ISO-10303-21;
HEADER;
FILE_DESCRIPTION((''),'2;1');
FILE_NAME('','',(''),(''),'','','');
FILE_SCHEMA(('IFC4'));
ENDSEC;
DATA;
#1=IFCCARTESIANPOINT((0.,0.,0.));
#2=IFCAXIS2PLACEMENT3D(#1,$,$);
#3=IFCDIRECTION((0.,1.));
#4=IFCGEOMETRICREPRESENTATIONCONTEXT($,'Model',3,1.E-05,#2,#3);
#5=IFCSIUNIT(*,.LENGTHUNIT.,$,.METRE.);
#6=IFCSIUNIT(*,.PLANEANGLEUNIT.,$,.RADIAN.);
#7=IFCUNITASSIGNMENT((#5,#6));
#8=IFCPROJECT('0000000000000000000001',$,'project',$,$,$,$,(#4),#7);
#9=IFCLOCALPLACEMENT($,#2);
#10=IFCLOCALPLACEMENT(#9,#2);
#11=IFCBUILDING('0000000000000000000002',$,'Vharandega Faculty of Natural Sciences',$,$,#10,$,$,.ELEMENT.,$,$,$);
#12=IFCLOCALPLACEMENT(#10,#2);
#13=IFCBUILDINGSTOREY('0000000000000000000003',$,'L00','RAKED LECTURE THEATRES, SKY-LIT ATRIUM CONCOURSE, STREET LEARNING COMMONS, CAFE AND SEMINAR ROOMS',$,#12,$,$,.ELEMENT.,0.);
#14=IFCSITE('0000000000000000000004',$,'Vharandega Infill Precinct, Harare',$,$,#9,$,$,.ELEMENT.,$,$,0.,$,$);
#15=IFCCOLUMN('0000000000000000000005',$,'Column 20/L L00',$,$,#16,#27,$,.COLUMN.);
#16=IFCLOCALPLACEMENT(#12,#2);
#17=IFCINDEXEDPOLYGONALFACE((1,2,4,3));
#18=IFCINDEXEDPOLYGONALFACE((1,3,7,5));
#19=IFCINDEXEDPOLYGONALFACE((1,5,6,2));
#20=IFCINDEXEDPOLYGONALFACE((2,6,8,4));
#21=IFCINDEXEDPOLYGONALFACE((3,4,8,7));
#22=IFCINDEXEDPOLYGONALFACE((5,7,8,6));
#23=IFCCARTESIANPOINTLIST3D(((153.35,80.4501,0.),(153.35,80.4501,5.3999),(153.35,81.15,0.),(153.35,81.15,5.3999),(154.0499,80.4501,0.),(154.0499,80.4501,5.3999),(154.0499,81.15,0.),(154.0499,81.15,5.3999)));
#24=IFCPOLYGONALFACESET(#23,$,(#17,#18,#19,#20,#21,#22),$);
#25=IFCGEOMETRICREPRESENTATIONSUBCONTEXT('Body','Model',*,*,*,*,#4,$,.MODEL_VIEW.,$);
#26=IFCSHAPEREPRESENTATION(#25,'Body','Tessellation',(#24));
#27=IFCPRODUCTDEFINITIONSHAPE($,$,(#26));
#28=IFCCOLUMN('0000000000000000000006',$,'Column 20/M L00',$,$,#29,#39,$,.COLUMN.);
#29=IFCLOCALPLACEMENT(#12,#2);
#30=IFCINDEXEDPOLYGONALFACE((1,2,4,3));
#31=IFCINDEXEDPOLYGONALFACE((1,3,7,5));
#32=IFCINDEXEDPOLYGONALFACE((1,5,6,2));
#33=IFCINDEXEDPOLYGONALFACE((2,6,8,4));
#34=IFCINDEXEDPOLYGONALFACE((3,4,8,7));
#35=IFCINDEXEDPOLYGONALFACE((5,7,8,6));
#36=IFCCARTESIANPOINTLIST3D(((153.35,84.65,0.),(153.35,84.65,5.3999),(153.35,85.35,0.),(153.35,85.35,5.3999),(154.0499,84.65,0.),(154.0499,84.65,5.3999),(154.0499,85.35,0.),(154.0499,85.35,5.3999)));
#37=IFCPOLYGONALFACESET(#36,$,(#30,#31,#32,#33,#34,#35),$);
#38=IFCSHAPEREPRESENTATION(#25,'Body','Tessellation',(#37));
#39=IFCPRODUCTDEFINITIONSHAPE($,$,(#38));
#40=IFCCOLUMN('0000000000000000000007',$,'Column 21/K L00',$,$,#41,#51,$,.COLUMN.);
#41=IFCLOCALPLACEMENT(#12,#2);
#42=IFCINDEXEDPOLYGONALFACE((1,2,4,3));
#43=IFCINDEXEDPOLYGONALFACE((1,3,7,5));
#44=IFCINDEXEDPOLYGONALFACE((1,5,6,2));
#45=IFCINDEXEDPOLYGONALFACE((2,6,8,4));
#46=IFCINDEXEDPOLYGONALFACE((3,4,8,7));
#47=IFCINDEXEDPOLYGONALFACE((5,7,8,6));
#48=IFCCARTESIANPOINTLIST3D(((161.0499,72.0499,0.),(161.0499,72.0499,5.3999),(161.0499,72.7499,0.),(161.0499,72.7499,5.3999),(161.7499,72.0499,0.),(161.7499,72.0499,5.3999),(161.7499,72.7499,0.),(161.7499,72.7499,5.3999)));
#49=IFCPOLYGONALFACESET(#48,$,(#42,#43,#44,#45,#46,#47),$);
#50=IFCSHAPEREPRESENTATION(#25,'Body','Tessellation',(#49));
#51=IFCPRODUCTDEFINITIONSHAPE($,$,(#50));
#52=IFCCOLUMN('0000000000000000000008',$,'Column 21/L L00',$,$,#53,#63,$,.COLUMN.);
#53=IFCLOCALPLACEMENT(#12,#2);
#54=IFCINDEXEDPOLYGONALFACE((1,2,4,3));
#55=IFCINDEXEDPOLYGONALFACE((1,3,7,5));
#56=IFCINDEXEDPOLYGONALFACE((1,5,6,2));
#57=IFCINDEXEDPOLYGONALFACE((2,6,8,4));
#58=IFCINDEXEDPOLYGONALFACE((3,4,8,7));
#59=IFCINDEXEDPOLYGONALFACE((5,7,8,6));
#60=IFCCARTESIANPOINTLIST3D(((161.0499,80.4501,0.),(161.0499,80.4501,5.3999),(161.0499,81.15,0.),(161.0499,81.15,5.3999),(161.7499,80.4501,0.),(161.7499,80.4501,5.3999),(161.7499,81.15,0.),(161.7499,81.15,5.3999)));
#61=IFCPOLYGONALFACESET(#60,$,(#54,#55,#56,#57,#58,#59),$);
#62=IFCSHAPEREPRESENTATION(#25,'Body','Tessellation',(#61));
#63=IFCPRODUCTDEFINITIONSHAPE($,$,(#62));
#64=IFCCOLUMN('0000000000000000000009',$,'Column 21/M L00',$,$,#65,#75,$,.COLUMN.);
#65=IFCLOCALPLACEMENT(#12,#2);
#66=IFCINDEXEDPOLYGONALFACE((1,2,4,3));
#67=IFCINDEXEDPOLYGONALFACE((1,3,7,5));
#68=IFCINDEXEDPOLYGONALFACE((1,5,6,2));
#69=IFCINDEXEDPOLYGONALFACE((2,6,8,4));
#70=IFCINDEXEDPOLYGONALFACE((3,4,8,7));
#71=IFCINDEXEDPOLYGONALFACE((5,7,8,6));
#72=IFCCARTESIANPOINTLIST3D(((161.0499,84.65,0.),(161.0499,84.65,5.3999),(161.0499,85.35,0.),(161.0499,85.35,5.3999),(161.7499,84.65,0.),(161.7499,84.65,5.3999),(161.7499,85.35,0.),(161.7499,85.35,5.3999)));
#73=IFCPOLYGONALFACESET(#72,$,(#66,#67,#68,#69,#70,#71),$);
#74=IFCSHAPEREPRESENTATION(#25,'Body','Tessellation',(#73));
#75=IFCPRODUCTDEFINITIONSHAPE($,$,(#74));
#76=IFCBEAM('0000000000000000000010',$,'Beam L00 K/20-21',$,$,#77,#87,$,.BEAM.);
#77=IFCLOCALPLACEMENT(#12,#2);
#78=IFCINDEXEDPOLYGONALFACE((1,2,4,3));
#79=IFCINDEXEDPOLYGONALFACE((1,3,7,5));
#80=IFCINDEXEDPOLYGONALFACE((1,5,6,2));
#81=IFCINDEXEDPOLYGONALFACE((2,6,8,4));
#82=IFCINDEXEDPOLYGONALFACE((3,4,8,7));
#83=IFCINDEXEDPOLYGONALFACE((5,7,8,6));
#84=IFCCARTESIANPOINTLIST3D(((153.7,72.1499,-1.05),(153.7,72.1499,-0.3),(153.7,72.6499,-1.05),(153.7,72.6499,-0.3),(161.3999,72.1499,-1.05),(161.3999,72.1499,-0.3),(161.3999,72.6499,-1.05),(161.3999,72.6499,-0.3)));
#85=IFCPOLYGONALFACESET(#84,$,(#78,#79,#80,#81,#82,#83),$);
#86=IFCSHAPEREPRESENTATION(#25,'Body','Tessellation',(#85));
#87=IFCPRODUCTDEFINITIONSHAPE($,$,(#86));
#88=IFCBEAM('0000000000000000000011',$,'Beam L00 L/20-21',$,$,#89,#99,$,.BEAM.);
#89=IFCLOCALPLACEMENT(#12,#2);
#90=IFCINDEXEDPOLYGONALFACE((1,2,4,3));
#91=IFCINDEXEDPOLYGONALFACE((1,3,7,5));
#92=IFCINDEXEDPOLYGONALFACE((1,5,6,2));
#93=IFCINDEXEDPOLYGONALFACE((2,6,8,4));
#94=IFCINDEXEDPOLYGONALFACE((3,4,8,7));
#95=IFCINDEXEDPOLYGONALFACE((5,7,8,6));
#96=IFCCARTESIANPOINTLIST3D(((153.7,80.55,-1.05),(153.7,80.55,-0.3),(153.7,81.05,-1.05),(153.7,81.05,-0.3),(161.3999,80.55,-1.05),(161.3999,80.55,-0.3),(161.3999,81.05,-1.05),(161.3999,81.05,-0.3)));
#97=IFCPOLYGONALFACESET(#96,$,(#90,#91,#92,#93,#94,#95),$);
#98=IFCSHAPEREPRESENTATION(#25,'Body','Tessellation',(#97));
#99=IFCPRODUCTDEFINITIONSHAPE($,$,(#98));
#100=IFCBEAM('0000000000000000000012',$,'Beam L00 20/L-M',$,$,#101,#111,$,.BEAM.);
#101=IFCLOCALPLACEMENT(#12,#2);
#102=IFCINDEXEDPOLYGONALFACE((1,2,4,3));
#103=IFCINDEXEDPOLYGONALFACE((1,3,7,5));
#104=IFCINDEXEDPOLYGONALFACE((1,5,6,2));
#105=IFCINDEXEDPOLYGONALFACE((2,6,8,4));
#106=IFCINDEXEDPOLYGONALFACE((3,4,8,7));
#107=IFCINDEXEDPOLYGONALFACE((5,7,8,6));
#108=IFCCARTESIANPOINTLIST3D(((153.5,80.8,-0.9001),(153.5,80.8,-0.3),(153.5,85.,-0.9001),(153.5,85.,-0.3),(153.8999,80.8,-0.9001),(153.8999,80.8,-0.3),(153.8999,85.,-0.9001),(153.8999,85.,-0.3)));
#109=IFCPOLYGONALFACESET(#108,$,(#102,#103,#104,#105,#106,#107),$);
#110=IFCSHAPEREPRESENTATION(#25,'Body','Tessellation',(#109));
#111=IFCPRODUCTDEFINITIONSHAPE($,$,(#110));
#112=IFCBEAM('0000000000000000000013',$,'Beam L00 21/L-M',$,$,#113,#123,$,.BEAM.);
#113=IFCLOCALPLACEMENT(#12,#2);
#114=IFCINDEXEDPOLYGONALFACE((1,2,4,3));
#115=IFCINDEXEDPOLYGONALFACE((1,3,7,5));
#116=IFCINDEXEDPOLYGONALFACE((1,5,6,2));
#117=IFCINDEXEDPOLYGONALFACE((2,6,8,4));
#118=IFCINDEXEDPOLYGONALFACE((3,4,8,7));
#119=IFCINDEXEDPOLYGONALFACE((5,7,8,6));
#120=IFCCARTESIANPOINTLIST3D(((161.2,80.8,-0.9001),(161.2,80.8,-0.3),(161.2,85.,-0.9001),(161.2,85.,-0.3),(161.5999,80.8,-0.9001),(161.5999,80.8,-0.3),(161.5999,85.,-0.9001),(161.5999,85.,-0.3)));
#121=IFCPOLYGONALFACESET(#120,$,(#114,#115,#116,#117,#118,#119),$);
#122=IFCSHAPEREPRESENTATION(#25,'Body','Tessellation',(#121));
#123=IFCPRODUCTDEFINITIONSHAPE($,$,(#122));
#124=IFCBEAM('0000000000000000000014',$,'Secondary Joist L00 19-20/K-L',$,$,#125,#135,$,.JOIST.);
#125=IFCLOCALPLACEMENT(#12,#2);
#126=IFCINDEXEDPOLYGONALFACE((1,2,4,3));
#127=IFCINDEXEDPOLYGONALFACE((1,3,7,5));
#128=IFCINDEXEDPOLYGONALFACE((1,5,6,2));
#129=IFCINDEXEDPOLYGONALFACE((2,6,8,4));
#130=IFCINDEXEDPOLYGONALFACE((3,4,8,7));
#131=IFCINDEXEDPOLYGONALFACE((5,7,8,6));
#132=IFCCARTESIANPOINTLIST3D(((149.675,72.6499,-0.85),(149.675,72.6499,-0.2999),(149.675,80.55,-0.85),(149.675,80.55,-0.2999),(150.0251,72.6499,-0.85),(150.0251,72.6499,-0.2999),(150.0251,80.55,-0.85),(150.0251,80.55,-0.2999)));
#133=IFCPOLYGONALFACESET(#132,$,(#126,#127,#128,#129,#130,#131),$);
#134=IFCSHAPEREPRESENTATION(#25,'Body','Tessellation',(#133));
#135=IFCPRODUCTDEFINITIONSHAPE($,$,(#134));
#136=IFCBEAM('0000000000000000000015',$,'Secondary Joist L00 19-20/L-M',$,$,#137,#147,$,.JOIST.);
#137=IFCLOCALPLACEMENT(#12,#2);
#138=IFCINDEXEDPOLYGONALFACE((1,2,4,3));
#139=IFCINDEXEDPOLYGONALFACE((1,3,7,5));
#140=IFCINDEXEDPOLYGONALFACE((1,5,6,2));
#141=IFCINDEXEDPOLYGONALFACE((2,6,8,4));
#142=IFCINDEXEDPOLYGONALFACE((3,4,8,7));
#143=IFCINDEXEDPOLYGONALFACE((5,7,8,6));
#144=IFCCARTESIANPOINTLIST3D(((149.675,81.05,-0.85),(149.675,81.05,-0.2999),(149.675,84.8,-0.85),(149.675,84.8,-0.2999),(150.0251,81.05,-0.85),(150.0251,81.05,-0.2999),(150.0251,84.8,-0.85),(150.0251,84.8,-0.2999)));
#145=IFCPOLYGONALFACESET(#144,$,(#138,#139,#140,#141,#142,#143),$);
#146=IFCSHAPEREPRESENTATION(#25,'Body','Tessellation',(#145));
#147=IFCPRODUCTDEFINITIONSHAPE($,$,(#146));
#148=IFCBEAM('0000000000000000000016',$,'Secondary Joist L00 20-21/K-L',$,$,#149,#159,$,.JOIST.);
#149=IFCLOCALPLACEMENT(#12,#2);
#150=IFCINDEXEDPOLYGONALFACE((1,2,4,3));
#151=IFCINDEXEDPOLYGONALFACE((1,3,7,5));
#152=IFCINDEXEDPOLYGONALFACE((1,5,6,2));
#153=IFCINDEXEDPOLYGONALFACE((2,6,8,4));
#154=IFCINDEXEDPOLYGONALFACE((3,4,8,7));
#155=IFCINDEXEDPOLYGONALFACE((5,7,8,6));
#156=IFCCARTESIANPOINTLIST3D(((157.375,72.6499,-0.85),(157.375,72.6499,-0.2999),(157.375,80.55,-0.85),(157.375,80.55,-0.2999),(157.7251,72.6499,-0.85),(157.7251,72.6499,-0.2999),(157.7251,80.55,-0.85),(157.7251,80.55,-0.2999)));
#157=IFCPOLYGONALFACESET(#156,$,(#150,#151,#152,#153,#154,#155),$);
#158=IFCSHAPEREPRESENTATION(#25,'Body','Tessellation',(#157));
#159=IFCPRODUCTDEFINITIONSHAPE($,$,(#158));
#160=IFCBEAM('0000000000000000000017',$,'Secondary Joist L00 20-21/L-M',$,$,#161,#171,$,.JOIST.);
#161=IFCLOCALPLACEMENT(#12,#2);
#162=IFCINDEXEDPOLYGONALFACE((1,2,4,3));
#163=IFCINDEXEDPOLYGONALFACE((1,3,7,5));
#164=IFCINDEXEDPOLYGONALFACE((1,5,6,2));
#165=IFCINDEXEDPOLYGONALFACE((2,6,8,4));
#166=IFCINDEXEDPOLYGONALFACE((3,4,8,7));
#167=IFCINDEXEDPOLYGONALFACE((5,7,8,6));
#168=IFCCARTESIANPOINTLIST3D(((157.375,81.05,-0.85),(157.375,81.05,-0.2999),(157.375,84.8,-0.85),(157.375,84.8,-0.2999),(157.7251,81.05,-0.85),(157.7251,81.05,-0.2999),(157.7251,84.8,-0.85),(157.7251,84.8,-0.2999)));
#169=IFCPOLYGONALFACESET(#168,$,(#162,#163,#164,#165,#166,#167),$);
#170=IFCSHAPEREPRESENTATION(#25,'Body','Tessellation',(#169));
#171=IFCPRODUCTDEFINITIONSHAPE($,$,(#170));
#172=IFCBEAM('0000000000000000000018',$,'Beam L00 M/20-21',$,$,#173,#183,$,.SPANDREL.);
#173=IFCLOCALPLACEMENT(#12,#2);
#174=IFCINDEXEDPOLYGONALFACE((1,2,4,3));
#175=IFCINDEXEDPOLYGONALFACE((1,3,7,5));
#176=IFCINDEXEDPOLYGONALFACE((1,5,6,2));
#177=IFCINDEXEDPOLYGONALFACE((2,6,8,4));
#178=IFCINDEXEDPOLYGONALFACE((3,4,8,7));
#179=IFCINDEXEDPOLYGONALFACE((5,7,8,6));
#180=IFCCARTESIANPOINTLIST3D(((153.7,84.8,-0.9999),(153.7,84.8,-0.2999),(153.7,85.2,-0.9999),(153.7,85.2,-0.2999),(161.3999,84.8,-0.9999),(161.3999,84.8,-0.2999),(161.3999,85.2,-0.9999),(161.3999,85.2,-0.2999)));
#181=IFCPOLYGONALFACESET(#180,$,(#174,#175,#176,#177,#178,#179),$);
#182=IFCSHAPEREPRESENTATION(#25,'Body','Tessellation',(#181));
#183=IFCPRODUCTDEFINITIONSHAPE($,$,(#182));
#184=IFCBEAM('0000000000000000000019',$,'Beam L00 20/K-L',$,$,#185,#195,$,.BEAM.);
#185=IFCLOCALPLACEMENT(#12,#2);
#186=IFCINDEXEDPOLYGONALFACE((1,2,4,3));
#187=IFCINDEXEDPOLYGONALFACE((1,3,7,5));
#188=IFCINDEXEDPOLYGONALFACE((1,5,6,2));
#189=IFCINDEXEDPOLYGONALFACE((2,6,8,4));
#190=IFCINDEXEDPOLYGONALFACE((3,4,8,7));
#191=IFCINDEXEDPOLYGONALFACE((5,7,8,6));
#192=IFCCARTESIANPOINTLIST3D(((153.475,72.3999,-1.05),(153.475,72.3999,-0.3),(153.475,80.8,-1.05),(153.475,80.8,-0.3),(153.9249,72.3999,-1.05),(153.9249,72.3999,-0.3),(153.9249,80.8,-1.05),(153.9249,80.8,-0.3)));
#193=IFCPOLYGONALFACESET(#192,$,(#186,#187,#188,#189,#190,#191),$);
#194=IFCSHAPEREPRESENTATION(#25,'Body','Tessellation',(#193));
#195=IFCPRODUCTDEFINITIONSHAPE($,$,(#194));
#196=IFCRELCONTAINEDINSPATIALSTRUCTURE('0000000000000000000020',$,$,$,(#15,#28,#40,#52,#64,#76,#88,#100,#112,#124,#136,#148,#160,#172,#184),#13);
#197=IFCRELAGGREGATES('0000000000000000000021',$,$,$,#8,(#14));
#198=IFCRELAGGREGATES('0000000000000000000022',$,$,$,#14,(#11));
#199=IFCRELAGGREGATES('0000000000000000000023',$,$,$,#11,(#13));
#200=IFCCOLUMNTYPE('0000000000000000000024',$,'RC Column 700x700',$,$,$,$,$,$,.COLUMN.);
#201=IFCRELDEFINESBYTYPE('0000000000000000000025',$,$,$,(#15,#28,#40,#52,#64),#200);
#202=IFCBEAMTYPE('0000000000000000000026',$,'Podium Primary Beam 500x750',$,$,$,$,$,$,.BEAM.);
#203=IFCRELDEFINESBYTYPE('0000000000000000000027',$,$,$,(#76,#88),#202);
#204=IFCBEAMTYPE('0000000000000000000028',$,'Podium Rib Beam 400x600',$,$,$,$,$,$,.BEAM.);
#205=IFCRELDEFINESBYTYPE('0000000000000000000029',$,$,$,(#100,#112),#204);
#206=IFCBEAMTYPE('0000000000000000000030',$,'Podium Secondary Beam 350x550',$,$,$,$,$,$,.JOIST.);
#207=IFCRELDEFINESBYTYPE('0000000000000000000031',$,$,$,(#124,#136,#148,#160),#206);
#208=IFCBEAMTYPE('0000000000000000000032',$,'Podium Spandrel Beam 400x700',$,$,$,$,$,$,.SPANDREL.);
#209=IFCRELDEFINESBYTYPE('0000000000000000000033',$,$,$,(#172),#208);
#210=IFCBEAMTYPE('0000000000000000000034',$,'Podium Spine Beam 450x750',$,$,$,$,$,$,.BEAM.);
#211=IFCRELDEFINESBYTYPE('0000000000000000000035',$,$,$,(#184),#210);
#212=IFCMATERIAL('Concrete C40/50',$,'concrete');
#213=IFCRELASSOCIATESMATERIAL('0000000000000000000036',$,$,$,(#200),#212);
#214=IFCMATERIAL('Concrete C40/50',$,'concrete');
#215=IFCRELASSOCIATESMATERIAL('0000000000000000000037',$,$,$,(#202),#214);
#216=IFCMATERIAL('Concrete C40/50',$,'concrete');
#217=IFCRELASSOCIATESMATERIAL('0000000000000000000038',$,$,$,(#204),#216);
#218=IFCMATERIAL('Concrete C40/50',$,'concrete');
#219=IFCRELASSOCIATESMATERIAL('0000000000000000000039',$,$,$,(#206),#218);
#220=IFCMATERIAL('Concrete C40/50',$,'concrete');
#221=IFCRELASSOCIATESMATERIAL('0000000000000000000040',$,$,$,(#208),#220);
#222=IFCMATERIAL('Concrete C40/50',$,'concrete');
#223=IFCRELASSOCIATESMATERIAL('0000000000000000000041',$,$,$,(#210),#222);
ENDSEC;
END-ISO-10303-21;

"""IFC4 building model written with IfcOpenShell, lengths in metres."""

from ifc_helpers import new_model, si_unit, direction, frame, origin, origin_2d, place, context, subcontext, project, spatial, rectangle, extrude, material, material_profile, profile_set, type_object, element, save


model = new_model("IFC4")

# Units and contexts
model_context = context("Model", 3, precision=1e-05, world=origin(), true_north=direction((0.0, 1.0)))
body_context = subcontext(model_context, "Body", "Model", "MODEL_VIEW")
ifc_project = project(units=[si_unit("LENGTHUNIT", "METRE"), si_unit("PLANEANGLEUNIT", "RADIAN")], contexts=[model_context])

# Site, building, storey
site_placement = place(None, origin())
site = spatial("IfcSite", under=ifc_project, at=site_placement, Name="Vharandega Infill Precinct, Harare", CompositionType="ELEMENT", RefElevation=0.0)
building_placement = place(site_placement, origin())
building = spatial("IfcBuilding", under=site, at=building_placement, Name="Vharandega Faculty of Natural Sciences", CompositionType="ELEMENT")
storey_placement = place(building_placement, origin())
storey = spatial("IfcBuildingStorey", under=building, at=storey_placement, Name="L00", Description="RAKED LECTURE THEATRES, SKY-LIT ATRIUM CONCOURSE, STREET LEARNING COMMONS, CAFE AND SEMINAR ROOMS", CompositionType="ELEMENT", Elevation=0.0)

# Columns
ifc_material_1 = material(Name="Concrete C40/50", Category="concrete")
ifc_material_profile_1 = material_profile(ifc_material_1, rectangle(XDim=0.7, YDim=0.7, at=origin_2d()), Name="RC 700x700")
ifc_profile_set_1 = profile_set([ifc_material_profile_1], Name="Concrete C40/50")
column_type = type_object("IfcColumnType", Name="RC Column 700x700", PredefinedType="COLUMN", material=ifc_profile_set_1)
for number, where, z_axis, x_axis, name in (
    (1, (153.7, 80.8, 0.0), (0.0, 0.0, 1.0), (1.0, 0.0, 0.0), "Column 20/L L00"),
    (2, (153.7, 85.0, 0.0), (0.0, 0.0, 1.0), (1.0, 0.0, 0.0), "Column 20/M L00"),
    (3, (161.3999, 72.3999, 0.0), (0.0, 0.0, 1.0), (1.0, 0.0, 0.0), "Column 21/K L00"),
    (4, (161.3999, 80.8, 0.0), (0.0, 0.0, 1.0), (1.0, 0.0, 0.0), "Column 21/L L00"),
    (5, (161.3999, 85.0, 0.0), (0.0, 0.0, 1.0), (1.0, 0.0, 0.0), "Column 21/M L00"),
):
    element("IfcColumn", number, at=place(storey_placement, frame(where, z_axis=z_axis, x_axis=x_axis)), inside=storey, type_object=column_type, Name=name, PredefinedType="COLUMN", context=body_context, shape_type="SweptSolid", body=[
        extrude(rectangle(XDim=0.7, YDim=0.7, at=origin_2d()), origin(), (0.0, 0.0, 1.0), 5.3999),
    ])

# Beams
ifc_material_2 = material(Name="Concrete C40/50", Category="concrete")
ifc_material_profile_2 = material_profile(ifc_material_2, rectangle(XDim=0.5, YDim=0.75, at=origin_2d()), Name="RC 500x750")
ifc_profile_set_2 = profile_set([ifc_material_profile_2], Name="Concrete C40/50")
beam_type_1 = type_object("IfcBeamType", Name="Podium Primary Beam 500x750", PredefinedType="BEAM", material=ifc_profile_set_2)
for number, where, z_axis, x_axis, name in (
    (6, (153.7, 72.3999, -0.675), (1.0, 0.0, 0.0), (0.0, 1.0, 0.0), "Beam L00 K/20-21"),
    (7, (153.7, 80.8, -0.675), (1.0, 0.0, 0.0), (0.0, 1.0, 0.0), "Beam L00 L/20-21"),
):
    element("IfcBeam", number, at=place(storey_placement, frame(where, z_axis=z_axis, x_axis=x_axis)), inside=storey, type_object=beam_type_1, Name=name, PredefinedType="BEAM", context=body_context, shape_type="SweptSolid", body=[
        extrude(rectangle(XDim=0.5, YDim=0.75, at=origin_2d()), origin(), (0.0, 0.0, 1.0), 7.7),
    ])
ifc_material_3 = material(Name="Concrete C40/50", Category="concrete")
ifc_material_profile_3 = material_profile(ifc_material_3, rectangle(XDim=0.3999, YDim=0.6001, at=origin_2d()), Name="RC 400x600")
ifc_profile_set_3 = profile_set([ifc_material_profile_3], Name="Concrete C40/50")
beam_type_2 = type_object("IfcBeamType", Name="Podium Rib Beam 400x600", PredefinedType="BEAM", material=ifc_profile_set_3)
for number, where, z_axis, x_axis, name in (
    (8, (153.7, 80.8, -0.6001), (0.0, 1.0, 0.0), (-1.0, 0.0, 0.0), "Beam L00 20/L-M"),
    (9, (161.3999, 80.8, -0.6001), (0.0, 1.0, 0.0), (-1.0, 0.0, 0.0), "Beam L00 21/L-M"),
):
    element("IfcBeam", number, at=place(storey_placement, frame(where, z_axis=z_axis, x_axis=x_axis)), inside=storey, type_object=beam_type_2, Name=name, PredefinedType="BEAM", context=body_context, shape_type="SweptSolid", body=[
        extrude(rectangle(XDim=0.3999, YDim=0.6001, at=origin_2d()), origin(), (0.0, 0.0, 1.0), 4.2),
    ])
ifc_material_4 = material(Name="Concrete C40/50", Category="concrete")
ifc_material_profile_4 = material_profile(ifc_material_4, rectangle(XDim=0.3501, YDim=0.55, at=origin_2d()), Name="RC 350x550")
ifc_profile_set_4 = profile_set([ifc_material_profile_4], Name="Concrete C40/50")
beam_type_3 = type_object("IfcBeamType", Name="Podium Secondary Beam 350x550", PredefinedType="JOIST", material=ifc_profile_set_4)
beam_1_placement = place(storey_placement, frame((149.8501, 72.6499, -0.575), z_axis=(0.0, 1.0, 0.0), x_axis=(-1.0, 0.0, 0.0)))
element("IfcBeam", 10, at=beam_1_placement, inside=storey, type_object=beam_type_3, Name="Secondary Joist L00 19-20/K-L", PredefinedType="JOIST", context=body_context, shape_type="SweptSolid", body=[
    extrude(rectangle(XDim=0.3501, YDim=0.55, at=origin_2d()), origin(), (0.0, 0.0, 1.0), 7.9001),
])
beam_2_placement = place(storey_placement, frame((149.8501, 81.05, -0.575), z_axis=(0.0, 1.0, 0.0), x_axis=(-1.0, 0.0, 0.0)))
element("IfcBeam", 11, at=beam_2_placement, inside=storey, type_object=beam_type_3, Name="Secondary Joist L00 19-20/L-M", PredefinedType="JOIST", context=body_context, shape_type="SweptSolid", body=[
    extrude(rectangle(XDim=0.3501, YDim=0.55, at=origin_2d()), origin(), (0.0, 0.0, 1.0), 3.75),
])
beam_3_placement = place(storey_placement, frame((157.55, 72.6499, -0.575), z_axis=(0.0, 1.0, 0.0), x_axis=(-1.0, 0.0, 0.0)))
element("IfcBeam", 12, at=beam_3_placement, inside=storey, type_object=beam_type_3, Name="Secondary Joist L00 20-21/K-L", PredefinedType="JOIST", context=body_context, shape_type="SweptSolid", body=[
    extrude(rectangle(XDim=0.3501, YDim=0.55, at=origin_2d()), origin(), (0.0, 0.0, 1.0), 7.9001),
])
beam_4_placement = place(storey_placement, frame((157.55, 81.05, -0.575), z_axis=(0.0, 1.0, 0.0), x_axis=(-1.0, 0.0, 0.0)))
element("IfcBeam", 13, at=beam_4_placement, inside=storey, type_object=beam_type_3, Name="Secondary Joist L00 20-21/L-M", PredefinedType="JOIST", context=body_context, shape_type="SweptSolid", body=[
    extrude(rectangle(XDim=0.3501, YDim=0.55, at=origin_2d()), origin(), (0.0, 0.0, 1.0), 3.75),
])
ifc_material_5 = material(Name="Concrete C40/50", Category="concrete")
ifc_material_profile_5 = material_profile(ifc_material_5, rectangle(XDim=0.3999, YDim=0.7, at=origin_2d()), Name="RC 400x700")
ifc_profile_set_5 = profile_set([ifc_material_profile_5], Name="Concrete C40/50")
beam_type_4 = type_object("IfcBeamType", Name="Podium Spandrel Beam 400x700", PredefinedType="SPANDREL", material=ifc_profile_set_5)
beam_5_placement = place(storey_placement, frame((153.7, 85.0, -0.6499), z_axis=(1.0, 0.0, 0.0), x_axis=(0.0, 1.0, 0.0)))
element("IfcBeam", 14, at=beam_5_placement, inside=storey, type_object=beam_type_4, Name="Beam L00 M/20-21", PredefinedType="SPANDREL", context=body_context, shape_type="SweptSolid", body=[
    extrude(rectangle(XDim=0.3999, YDim=0.7, at=origin_2d()), origin(), (0.0, 0.0, 1.0), 7.7),
])
ifc_material_6 = material(Name="Concrete C40/50", Category="concrete")
ifc_material_profile_6 = material_profile(ifc_material_6, rectangle(XDim=0.45, YDim=0.75, at=origin_2d()), Name="RC 450x750")
ifc_profile_set_6 = profile_set([ifc_material_profile_6], Name="Concrete C40/50")
beam_type_5 = type_object("IfcBeamType", Name="Podium Spine Beam 450x750", PredefinedType="BEAM", material=ifc_profile_set_6)
for number, where, z_axis, x_axis, name in (
    (15, (153.7, 72.3999, -0.675), (0.0, 1.0, 0.0), (-1.0, 0.0, 0.0), "Beam L00 20/K-L"),
):
    element("IfcBeam", number, at=place(storey_placement, frame(where, z_axis=z_axis, x_axis=x_axis)), inside=storey, type_object=beam_type_5, Name=name, PredefinedType="BEAM", context=body_context, shape_type="SweptSolid", body=[
        extrude(rectangle(XDim=0.45, YDim=0.75, at=origin_2d()), origin(), (0.0, 0.0, 1.0), 8.4001),
    ])

save(model, "model.ifc")
